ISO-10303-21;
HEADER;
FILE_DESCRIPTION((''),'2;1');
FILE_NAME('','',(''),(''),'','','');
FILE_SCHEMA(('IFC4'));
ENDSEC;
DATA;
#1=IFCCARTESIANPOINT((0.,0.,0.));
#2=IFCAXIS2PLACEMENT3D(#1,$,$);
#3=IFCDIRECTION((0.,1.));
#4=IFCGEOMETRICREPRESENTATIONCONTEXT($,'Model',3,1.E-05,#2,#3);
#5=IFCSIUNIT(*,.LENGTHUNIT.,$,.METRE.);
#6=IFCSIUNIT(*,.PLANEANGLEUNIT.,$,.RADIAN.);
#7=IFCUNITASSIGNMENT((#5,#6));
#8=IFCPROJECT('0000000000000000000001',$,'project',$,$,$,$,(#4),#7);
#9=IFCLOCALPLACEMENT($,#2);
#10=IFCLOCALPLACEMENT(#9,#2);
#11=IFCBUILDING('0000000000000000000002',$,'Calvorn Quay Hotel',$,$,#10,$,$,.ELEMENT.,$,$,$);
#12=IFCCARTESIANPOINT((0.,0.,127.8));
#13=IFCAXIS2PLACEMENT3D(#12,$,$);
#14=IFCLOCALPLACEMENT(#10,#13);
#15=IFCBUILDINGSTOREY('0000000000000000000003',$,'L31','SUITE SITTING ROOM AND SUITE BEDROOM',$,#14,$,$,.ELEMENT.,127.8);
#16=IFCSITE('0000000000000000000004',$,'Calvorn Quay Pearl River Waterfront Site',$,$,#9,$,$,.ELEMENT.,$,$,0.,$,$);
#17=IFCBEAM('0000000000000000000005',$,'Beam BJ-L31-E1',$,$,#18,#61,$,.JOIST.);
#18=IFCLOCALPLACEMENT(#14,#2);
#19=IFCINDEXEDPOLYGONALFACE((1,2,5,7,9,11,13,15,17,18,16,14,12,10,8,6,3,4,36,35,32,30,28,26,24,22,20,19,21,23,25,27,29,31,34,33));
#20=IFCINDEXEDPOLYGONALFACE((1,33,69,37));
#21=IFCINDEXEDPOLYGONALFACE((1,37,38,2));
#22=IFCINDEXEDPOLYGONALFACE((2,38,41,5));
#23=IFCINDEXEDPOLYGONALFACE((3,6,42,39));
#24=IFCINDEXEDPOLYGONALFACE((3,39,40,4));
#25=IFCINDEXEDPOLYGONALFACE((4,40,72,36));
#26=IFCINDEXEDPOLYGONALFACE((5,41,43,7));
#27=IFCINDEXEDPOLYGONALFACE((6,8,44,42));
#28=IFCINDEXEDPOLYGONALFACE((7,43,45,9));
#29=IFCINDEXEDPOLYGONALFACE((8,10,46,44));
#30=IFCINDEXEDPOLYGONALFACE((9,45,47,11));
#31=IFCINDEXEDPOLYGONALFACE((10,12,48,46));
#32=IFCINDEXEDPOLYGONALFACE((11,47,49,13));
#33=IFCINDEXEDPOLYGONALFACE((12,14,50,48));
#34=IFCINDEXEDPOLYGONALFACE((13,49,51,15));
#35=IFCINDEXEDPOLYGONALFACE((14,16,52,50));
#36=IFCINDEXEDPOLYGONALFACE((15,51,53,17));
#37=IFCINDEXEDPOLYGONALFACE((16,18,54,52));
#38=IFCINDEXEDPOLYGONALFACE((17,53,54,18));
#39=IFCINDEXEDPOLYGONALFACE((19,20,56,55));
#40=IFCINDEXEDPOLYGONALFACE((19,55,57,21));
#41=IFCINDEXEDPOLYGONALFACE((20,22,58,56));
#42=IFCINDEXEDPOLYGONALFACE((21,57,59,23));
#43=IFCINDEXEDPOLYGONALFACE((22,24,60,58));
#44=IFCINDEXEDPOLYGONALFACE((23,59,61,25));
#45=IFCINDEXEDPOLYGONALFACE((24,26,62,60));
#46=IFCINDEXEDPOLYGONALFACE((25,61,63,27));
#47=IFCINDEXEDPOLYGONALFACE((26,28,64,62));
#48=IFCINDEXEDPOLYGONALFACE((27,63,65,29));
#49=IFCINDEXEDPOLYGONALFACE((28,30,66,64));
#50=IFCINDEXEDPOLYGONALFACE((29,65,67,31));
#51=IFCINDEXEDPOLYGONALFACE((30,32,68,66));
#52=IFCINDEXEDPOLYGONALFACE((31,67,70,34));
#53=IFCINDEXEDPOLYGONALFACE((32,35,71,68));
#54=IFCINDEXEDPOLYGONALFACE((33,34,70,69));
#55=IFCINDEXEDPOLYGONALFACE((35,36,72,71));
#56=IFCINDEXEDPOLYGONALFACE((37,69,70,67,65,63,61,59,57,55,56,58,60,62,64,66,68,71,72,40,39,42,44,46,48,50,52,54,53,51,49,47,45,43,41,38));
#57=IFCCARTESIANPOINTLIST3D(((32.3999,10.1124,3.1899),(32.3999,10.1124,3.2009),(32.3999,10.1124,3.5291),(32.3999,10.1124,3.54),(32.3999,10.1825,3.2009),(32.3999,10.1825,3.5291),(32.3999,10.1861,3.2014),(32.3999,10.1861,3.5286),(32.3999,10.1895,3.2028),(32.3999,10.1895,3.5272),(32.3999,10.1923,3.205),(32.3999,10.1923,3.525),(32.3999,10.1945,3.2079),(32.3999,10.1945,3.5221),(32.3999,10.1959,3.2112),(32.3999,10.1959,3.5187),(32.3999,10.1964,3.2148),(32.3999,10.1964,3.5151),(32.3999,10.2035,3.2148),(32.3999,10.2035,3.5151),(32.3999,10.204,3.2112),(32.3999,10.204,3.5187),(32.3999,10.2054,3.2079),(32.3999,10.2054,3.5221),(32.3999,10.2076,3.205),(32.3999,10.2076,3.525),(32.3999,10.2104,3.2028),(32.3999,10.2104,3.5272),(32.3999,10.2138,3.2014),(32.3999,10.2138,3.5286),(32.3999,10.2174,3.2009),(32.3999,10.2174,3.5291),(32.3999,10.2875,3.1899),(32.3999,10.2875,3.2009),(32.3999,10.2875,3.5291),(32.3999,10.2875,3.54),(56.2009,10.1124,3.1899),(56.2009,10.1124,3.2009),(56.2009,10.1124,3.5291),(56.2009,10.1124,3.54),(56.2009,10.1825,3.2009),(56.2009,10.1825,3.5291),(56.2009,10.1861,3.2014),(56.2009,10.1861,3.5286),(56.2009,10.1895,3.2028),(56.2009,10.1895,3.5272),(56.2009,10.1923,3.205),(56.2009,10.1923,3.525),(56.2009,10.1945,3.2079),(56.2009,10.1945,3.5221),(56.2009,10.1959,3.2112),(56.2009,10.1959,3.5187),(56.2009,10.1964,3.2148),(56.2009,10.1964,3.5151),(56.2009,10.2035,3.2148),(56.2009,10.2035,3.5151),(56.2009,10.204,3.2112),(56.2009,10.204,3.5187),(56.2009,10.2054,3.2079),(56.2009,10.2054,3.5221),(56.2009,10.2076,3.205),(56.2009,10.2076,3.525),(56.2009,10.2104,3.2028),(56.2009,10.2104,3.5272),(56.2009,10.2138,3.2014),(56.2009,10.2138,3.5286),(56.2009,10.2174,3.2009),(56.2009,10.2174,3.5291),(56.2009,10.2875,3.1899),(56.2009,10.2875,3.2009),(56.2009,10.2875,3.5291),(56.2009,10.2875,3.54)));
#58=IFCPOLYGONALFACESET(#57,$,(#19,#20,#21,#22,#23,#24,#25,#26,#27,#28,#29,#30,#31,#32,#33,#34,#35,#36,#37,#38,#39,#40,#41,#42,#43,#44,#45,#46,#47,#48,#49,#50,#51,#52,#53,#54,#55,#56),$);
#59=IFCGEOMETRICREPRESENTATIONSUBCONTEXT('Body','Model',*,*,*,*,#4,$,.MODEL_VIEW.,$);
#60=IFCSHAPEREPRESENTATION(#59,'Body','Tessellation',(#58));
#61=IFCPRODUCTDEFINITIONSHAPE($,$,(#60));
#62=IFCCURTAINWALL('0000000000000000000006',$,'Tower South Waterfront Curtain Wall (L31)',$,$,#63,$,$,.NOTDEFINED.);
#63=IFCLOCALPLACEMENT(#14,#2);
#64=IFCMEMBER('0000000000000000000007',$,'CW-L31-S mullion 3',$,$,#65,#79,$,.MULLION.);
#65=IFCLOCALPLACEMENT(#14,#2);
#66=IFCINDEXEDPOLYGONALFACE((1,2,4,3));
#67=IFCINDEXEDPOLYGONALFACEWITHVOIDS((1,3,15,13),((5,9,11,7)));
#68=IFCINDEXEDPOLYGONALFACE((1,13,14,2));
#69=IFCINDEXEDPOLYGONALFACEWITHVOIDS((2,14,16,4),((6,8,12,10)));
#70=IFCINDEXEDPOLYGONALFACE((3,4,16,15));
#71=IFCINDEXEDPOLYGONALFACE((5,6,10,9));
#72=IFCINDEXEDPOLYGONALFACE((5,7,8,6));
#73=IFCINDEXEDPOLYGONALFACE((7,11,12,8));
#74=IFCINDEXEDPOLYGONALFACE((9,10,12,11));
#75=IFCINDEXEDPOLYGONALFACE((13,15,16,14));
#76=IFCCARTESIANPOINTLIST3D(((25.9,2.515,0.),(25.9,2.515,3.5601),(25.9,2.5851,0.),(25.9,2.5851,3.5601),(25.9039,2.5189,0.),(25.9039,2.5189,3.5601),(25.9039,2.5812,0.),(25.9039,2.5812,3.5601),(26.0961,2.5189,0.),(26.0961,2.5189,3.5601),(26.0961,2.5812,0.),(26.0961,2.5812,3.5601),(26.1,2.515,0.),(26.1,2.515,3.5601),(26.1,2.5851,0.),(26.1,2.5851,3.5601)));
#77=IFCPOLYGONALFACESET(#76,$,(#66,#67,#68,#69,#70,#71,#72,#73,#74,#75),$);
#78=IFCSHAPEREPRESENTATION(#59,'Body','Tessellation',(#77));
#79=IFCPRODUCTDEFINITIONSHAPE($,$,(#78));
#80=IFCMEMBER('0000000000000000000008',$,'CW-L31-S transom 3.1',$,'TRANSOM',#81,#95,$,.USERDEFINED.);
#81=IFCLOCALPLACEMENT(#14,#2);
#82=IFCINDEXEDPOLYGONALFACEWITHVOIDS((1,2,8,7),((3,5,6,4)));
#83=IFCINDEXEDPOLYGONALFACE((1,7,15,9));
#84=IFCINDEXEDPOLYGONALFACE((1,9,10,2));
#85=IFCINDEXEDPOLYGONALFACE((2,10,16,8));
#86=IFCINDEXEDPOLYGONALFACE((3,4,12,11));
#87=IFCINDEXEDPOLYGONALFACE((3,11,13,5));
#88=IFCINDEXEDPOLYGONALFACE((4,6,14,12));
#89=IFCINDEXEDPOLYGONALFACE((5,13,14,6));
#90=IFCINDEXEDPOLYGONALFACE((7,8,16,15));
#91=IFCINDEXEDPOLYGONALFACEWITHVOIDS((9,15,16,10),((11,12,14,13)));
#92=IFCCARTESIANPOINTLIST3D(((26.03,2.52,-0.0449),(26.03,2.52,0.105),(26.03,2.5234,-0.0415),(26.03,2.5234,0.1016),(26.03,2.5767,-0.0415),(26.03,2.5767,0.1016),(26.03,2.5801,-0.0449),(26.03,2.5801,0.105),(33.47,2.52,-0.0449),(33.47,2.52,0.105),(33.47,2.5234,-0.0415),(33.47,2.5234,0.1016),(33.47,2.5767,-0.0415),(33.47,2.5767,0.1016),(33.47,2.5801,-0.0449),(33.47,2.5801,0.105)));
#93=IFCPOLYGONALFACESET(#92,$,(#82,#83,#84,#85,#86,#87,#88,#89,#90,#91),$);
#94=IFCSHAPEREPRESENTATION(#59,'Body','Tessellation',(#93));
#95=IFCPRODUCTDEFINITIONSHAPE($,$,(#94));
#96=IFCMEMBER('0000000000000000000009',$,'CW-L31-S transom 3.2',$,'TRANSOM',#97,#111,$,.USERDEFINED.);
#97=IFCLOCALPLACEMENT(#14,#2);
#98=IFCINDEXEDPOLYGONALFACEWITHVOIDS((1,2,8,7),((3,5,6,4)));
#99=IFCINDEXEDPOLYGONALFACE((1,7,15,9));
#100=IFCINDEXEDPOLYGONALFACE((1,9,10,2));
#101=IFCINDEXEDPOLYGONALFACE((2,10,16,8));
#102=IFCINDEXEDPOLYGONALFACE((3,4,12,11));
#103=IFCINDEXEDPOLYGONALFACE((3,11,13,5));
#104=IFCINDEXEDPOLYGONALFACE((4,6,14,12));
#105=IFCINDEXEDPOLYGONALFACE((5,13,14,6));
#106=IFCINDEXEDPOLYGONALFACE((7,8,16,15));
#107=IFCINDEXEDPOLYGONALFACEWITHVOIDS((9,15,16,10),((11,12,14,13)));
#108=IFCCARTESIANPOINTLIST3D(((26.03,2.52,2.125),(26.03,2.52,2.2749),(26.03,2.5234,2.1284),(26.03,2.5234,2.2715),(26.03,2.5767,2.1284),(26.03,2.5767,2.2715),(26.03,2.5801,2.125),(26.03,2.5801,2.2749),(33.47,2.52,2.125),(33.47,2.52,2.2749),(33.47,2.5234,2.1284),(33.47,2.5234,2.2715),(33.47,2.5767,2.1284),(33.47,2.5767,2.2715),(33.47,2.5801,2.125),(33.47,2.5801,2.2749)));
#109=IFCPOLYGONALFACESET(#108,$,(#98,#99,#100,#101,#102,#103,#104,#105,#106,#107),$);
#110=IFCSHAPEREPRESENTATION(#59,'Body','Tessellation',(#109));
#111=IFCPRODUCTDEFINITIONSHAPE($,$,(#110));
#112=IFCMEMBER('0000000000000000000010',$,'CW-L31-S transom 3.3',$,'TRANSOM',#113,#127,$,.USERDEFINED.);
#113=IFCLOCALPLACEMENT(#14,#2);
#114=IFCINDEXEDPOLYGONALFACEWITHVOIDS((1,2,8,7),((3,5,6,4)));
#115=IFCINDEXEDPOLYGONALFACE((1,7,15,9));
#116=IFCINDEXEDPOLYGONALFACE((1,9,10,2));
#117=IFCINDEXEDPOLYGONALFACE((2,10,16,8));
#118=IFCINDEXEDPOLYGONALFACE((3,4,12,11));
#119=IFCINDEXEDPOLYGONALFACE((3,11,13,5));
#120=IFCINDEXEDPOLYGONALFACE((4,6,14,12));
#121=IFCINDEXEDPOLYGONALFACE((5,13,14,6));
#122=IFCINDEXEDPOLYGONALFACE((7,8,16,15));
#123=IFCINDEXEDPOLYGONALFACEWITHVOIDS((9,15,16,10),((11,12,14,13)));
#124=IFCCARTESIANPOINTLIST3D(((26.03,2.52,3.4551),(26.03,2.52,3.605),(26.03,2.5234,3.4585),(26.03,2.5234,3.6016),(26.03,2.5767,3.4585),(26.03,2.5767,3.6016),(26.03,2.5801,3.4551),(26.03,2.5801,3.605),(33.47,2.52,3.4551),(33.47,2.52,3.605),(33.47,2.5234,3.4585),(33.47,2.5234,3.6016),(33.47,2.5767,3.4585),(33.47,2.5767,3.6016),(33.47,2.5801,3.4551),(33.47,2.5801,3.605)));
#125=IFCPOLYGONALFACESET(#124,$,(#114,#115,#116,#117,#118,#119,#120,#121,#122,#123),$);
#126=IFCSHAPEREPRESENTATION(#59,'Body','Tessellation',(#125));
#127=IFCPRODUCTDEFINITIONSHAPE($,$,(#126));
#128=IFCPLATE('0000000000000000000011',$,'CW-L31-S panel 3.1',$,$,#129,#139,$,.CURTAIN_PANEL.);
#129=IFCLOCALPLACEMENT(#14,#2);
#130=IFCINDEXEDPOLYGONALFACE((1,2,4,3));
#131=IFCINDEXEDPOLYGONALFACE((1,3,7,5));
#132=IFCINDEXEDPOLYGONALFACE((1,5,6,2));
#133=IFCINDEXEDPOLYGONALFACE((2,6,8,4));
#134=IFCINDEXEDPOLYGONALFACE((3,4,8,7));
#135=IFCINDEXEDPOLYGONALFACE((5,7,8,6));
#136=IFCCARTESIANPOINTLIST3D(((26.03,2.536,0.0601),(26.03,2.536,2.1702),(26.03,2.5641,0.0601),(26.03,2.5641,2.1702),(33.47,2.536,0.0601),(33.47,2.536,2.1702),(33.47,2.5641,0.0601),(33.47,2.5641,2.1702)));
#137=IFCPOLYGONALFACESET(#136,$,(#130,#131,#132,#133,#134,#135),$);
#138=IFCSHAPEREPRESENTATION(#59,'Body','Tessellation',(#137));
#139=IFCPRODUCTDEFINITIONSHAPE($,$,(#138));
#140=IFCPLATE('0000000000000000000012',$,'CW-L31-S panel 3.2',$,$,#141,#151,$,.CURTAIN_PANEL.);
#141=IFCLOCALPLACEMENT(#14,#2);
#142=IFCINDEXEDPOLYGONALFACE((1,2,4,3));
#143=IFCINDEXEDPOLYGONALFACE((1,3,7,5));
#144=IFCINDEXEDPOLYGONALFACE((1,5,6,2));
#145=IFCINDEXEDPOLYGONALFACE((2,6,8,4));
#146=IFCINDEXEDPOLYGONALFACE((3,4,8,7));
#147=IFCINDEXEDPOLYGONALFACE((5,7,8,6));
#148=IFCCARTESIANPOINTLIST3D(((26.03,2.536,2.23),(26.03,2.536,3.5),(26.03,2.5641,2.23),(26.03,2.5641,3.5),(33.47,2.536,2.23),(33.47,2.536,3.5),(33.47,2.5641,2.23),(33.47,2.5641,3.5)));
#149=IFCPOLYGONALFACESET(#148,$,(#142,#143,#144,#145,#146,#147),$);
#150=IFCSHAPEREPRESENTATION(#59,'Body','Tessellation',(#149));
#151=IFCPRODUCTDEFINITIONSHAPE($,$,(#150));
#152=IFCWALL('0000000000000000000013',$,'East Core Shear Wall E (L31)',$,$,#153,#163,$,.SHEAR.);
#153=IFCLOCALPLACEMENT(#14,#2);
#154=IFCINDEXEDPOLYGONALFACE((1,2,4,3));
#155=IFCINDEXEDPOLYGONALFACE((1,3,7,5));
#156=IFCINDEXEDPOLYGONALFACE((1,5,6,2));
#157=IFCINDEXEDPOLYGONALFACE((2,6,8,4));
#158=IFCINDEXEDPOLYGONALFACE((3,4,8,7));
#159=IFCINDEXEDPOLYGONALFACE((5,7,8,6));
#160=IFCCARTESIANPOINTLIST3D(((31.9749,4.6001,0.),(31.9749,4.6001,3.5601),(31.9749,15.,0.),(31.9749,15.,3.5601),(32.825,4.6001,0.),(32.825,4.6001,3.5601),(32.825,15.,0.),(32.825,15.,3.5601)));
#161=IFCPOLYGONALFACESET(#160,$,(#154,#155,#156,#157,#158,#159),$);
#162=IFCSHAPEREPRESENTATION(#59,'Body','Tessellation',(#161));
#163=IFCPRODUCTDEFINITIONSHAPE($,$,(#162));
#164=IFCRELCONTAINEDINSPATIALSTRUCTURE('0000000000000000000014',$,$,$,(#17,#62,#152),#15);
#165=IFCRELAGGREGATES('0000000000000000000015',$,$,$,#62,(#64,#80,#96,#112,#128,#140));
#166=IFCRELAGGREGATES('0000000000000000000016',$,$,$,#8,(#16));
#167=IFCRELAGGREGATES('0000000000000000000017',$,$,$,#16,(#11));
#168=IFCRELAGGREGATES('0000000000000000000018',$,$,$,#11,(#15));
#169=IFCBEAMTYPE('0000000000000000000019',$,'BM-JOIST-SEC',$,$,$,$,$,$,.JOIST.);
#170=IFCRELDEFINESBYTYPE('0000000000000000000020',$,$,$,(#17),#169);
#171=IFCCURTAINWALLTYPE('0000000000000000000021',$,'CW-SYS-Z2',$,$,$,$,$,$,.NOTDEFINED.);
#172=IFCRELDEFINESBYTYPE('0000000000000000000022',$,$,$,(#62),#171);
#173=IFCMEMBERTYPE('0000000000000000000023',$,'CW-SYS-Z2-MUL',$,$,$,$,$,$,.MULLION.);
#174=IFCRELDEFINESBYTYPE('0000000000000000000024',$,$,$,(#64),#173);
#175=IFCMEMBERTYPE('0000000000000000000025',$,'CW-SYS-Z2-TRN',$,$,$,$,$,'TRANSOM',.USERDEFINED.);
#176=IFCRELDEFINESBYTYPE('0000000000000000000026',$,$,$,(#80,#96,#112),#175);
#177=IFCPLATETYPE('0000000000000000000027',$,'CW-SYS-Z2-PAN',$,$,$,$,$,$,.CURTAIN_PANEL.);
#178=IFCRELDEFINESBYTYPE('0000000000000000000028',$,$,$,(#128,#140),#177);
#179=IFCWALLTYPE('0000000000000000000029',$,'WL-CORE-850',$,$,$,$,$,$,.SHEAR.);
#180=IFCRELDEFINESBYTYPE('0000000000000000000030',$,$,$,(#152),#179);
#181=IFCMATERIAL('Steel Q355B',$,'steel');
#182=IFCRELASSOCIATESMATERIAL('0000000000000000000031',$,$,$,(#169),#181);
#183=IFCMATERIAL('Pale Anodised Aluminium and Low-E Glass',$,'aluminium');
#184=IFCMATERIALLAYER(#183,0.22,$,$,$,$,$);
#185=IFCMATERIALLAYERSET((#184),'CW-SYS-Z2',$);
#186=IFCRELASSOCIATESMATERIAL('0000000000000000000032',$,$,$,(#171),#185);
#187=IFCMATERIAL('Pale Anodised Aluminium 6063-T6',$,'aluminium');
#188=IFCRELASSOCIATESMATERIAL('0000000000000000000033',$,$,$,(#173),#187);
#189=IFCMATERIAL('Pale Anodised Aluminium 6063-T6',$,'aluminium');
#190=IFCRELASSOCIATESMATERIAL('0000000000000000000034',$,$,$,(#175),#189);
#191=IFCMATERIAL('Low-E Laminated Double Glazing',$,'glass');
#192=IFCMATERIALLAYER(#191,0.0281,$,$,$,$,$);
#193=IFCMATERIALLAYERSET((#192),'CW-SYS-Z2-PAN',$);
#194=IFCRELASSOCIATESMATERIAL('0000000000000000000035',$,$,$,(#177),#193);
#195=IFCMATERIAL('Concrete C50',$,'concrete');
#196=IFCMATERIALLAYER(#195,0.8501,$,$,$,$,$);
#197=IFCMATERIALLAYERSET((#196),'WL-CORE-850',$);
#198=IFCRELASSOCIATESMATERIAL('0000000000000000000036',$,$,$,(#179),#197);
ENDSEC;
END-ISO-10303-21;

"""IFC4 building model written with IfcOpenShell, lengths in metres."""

from ifc_helpers import new_model, si_unit, direction, frame, frame_2d, origin, origin_2d, place, context, subcontext, project, spatial, rectangle, hollow_rectangle, i_section, extrude, material, layer, layer_set, material_profile, profile_set, type_object, element, aggregate, save


model = new_model("IFC4")

# Units and contexts
model_context = context("Model", 3, precision=1e-05, world=origin(), true_north=direction((0.0, 1.0)))
body_context = subcontext(model_context, "Body", "Model", "MODEL_VIEW")
ifc_project = project(units=[si_unit("LENGTHUNIT", "METRE"), si_unit("PLANEANGLEUNIT", "RADIAN")], contexts=[model_context])

# Site, building, storey
site_placement = place(None, origin())
site = spatial("IfcSite", under=ifc_project, at=site_placement, Name="Calvorn Quay Pearl River Waterfront Site", CompositionType="ELEMENT", RefElevation=0.0)
building_placement = place(site_placement, origin())
building = spatial("IfcBuilding", under=site, at=building_placement, Name="Calvorn Quay Hotel", CompositionType="ELEMENT")
storey_placement = place(building_placement, frame((0.0, 0.0, 127.8)))
storey = spatial("IfcBuildingStorey", under=building, at=storey_placement, Name="L31", Description="SUITE SITTING ROOM AND SUITE BEDROOM", CompositionType="ELEMENT", Elevation=127.8)

# Beam
ifc_material_1 = material(Name="Steel Q355B", Category="steel")
ifc_material_profile_1 = material_profile(ifc_material_1, i_section(OverallWidth=0.175, OverallDepth=0.3501, WebThickness=0.0071, FlangeThickness=0.011, FilletRadius=0.0139, at=origin_2d()), Name="HN350x175x7x11")
ifc_profile_set_1 = profile_set([ifc_material_profile_1], Name="Steel Q355B")
beam_type = type_object("IfcBeamType", Name="BM-JOIST-SEC", PredefinedType="JOIST", material=ifc_profile_set_1)
beam_placement = place(storey_placement, frame((32.3999, 10.2, 3.365), z_axis=(1.0, 0.0, 0.0), x_axis=(0.0, 1.0, 0.0)))
element("IfcBeam", 1, at=beam_placement, inside=storey, type_object=beam_type, Name="Beam BJ-L31-E1", PredefinedType="JOIST", context=body_context, shape_type="SweptSolid", body=[
    extrude(i_section(OverallWidth=0.175, OverallDepth=0.3501, WebThickness=0.0071, FlangeThickness=0.011, FilletRadius=0.0139, at=origin_2d()), origin(), (0.0, 0.0, 1.0), 23.801),
])

# Curtain wall, members, plates
ifc_material_2 = material(Name="Pale Anodised Aluminium and Low-E Glass", Category="aluminium")
ifc_layer_1 = layer(ifc_material_2, 0.22)
ifc_layer_set_1 = layer_set([ifc_layer_1], Name="CW-SYS-Z2")
curtain_wall_type = type_object("IfcCurtainWallType", Name="CW-SYS-Z2", PredefinedType="NOTDEFINED", material=ifc_layer_set_1)
curtain_wall_placement = place(storey_placement, origin())
curtain_wall = element("IfcCurtainWall", 2, at=curtain_wall_placement, inside=storey, type_object=curtain_wall_type, Name="Tower South Waterfront Curtain Wall (L31)", PredefinedType="NOTDEFINED")
ifc_material_3 = material(Name="Pale Anodised Aluminium 6063-T6", Category="aluminium")
ifc_material_profile_2 = material_profile(ifc_material_3, hollow_rectangle(XDim=0.0701, YDim=0.2, WallThickness=0.0039, at=origin_2d()), Name="ALU-M200x70x4")
ifc_profile_set_2 = profile_set([ifc_material_profile_2], Name="Pale Anodised Aluminium 6063-T6")
member_type_1 = type_object("IfcMemberType", Name="CW-SYS-Z2-MUL", PredefinedType="MULLION", material=ifc_profile_set_2)
member_1_placement = place(storey_placement, frame((26.0, 2.55, 0.0), z_axis=(0.0, 0.0, 1.0), x_axis=(0.0, 1.0, 0.0)))
member_1 = element("IfcMember", 3, at=member_1_placement, type_object=member_type_1, Name="CW-L31-S mullion 3", PredefinedType="MULLION", context=body_context, shape_type="SweptSolid", body=[
    extrude(hollow_rectangle(XDim=0.0701, YDim=0.2, WallThickness=0.0039, at=origin_2d()), origin(), (0.0, 0.0, 1.0), 3.5601),
])
ifc_material_4 = material(Name="Pale Anodised Aluminium 6063-T6", Category="aluminium")
ifc_material_profile_3 = material_profile(ifc_material_4, hollow_rectangle(XDim=0.0601, YDim=0.1499, WallThickness=0.0034, at=origin_2d()), Name="ALU-T150x60x3.5")
ifc_profile_set_3 = profile_set([ifc_material_profile_3], Name="Pale Anodised Aluminium 6063-T6")
member_type_2 = type_object("IfcMemberType", Name="CW-SYS-Z2-TRN", ElementType="TRANSOM", PredefinedType="USERDEFINED", material=ifc_profile_set_3)
member_2_placement = place(storey_placement, frame((26.03, 2.55, 0.03), z_axis=(1.0, 0.0, 0.0), x_axis=(0.0, 1.0, 0.0)))
member_2 = element("IfcMember", 4, at=member_2_placement, type_object=member_type_2, Name="CW-L31-S transom 3.1", ObjectType="TRANSOM", PredefinedType="USERDEFINED", context=body_context, shape_type="SweptSolid", body=[
    extrude(hollow_rectangle(XDim=0.0601, YDim=0.1499, WallThickness=0.0034, at=origin_2d()), origin(), (0.0, 0.0, 1.0), 7.4399),
])
member_3_placement = place(storey_placement, frame((26.03, 2.55, 2.2), z_axis=(1.0, 0.0, 0.0), x_axis=(0.0, 1.0, 0.0)))
member_3 = element("IfcMember", 5, at=member_3_placement, type_object=member_type_2, Name="CW-L31-S transom 3.2", ObjectType="TRANSOM", PredefinedType="USERDEFINED", context=body_context, shape_type="SweptSolid", body=[
    extrude(hollow_rectangle(XDim=0.0601, YDim=0.1499, WallThickness=0.0034, at=origin_2d()), origin(), (0.0, 0.0, 1.0), 7.4399),
])
member_4_placement = place(storey_placement, frame((26.03, 2.55, 3.53), z_axis=(1.0, 0.0, 0.0), x_axis=(0.0, 1.0, 0.0)))
member_4 = element("IfcMember", 6, at=member_4_placement, type_object=member_type_2, Name="CW-L31-S transom 3.3", ObjectType="TRANSOM", PredefinedType="USERDEFINED", context=body_context, shape_type="SweptSolid", body=[
    extrude(hollow_rectangle(XDim=0.0601, YDim=0.1499, WallThickness=0.0034, at=origin_2d()), origin(), (0.0, 0.0, 1.0), 7.4399),
])
ifc_material_5 = material(Name="Low-E Laminated Double Glazing", Category="glass")
ifc_layer_2 = layer(ifc_material_5, 0.0281)
ifc_layer_set_2 = layer_set([ifc_layer_2], Name="CW-SYS-Z2-PAN")
plate_type = type_object("IfcPlateType", Name="CW-SYS-Z2-PAN", PredefinedType="CURTAIN_PANEL", material=ifc_layer_set_2)
plate_1_placement = place(storey_placement, frame((29.75, 2.55, 0.0601), z_axis=(0.0, 0.0, 1.0), x_axis=(1.0, 0.0, 0.0)))
plate_1 = element("IfcPlate", 7, at=plate_1_placement, type_object=plate_type, Name="CW-L31-S panel 3.1", PredefinedType="CURTAIN_PANEL", context=body_context, shape_type="SweptSolid", body=[
    extrude(rectangle(XDim=7.4399, YDim=0.0281, at=origin_2d()), origin(), (0.0, 0.0, 1.0), 2.1101),
])
plate_2_placement = place(storey_placement, frame((29.75, 2.55, 2.23), z_axis=(0.0, 0.0, 1.0), x_axis=(1.0, 0.0, 0.0)))
plate_2 = element("IfcPlate", 8, at=plate_2_placement, type_object=plate_type, Name="CW-L31-S panel 3.2", PredefinedType="CURTAIN_PANEL", context=body_context, shape_type="SweptSolid", body=[
    extrude(rectangle(XDim=7.4399, YDim=0.0281, at=origin_2d()), origin(), (0.0, 0.0, 1.0), 1.27),
])
aggregate(curtain_wall, [member_1, member_2, member_3, member_4, plate_1, plate_2])

# Wall
ifc_material_6 = material(Name="Concrete C50", Category="concrete")
ifc_layer_3 = layer(ifc_material_6, 0.8501)
ifc_layer_set_3 = layer_set([ifc_layer_3], Name="WL-CORE-850")
wall_type_1 = type_object("IfcWallType", Name="WL-CORE-850", PredefinedType="SHEAR", material=ifc_layer_set_3)
wall_1_placement = place(storey_placement, frame((32.3999, 4.6001, 0.0), z_axis=(0.0, 0.0, 1.0), x_axis=(0.0, 1.0, 0.0)))
element("IfcWall", 9, at=wall_1_placement, inside=storey, type_object=wall_type_1, Name="East Core Shear Wall E (L31)", PredefinedType="SHEAR", context=body_context, shape_type="SweptSolid", body=[
    extrude(rectangle(XDim=10.3999, YDim=0.8501, at=frame_2d((5.2, 0.0))), origin(), (0.0, 0.0, 1.0), 3.5601),
])

save(model, "model.ifc")
